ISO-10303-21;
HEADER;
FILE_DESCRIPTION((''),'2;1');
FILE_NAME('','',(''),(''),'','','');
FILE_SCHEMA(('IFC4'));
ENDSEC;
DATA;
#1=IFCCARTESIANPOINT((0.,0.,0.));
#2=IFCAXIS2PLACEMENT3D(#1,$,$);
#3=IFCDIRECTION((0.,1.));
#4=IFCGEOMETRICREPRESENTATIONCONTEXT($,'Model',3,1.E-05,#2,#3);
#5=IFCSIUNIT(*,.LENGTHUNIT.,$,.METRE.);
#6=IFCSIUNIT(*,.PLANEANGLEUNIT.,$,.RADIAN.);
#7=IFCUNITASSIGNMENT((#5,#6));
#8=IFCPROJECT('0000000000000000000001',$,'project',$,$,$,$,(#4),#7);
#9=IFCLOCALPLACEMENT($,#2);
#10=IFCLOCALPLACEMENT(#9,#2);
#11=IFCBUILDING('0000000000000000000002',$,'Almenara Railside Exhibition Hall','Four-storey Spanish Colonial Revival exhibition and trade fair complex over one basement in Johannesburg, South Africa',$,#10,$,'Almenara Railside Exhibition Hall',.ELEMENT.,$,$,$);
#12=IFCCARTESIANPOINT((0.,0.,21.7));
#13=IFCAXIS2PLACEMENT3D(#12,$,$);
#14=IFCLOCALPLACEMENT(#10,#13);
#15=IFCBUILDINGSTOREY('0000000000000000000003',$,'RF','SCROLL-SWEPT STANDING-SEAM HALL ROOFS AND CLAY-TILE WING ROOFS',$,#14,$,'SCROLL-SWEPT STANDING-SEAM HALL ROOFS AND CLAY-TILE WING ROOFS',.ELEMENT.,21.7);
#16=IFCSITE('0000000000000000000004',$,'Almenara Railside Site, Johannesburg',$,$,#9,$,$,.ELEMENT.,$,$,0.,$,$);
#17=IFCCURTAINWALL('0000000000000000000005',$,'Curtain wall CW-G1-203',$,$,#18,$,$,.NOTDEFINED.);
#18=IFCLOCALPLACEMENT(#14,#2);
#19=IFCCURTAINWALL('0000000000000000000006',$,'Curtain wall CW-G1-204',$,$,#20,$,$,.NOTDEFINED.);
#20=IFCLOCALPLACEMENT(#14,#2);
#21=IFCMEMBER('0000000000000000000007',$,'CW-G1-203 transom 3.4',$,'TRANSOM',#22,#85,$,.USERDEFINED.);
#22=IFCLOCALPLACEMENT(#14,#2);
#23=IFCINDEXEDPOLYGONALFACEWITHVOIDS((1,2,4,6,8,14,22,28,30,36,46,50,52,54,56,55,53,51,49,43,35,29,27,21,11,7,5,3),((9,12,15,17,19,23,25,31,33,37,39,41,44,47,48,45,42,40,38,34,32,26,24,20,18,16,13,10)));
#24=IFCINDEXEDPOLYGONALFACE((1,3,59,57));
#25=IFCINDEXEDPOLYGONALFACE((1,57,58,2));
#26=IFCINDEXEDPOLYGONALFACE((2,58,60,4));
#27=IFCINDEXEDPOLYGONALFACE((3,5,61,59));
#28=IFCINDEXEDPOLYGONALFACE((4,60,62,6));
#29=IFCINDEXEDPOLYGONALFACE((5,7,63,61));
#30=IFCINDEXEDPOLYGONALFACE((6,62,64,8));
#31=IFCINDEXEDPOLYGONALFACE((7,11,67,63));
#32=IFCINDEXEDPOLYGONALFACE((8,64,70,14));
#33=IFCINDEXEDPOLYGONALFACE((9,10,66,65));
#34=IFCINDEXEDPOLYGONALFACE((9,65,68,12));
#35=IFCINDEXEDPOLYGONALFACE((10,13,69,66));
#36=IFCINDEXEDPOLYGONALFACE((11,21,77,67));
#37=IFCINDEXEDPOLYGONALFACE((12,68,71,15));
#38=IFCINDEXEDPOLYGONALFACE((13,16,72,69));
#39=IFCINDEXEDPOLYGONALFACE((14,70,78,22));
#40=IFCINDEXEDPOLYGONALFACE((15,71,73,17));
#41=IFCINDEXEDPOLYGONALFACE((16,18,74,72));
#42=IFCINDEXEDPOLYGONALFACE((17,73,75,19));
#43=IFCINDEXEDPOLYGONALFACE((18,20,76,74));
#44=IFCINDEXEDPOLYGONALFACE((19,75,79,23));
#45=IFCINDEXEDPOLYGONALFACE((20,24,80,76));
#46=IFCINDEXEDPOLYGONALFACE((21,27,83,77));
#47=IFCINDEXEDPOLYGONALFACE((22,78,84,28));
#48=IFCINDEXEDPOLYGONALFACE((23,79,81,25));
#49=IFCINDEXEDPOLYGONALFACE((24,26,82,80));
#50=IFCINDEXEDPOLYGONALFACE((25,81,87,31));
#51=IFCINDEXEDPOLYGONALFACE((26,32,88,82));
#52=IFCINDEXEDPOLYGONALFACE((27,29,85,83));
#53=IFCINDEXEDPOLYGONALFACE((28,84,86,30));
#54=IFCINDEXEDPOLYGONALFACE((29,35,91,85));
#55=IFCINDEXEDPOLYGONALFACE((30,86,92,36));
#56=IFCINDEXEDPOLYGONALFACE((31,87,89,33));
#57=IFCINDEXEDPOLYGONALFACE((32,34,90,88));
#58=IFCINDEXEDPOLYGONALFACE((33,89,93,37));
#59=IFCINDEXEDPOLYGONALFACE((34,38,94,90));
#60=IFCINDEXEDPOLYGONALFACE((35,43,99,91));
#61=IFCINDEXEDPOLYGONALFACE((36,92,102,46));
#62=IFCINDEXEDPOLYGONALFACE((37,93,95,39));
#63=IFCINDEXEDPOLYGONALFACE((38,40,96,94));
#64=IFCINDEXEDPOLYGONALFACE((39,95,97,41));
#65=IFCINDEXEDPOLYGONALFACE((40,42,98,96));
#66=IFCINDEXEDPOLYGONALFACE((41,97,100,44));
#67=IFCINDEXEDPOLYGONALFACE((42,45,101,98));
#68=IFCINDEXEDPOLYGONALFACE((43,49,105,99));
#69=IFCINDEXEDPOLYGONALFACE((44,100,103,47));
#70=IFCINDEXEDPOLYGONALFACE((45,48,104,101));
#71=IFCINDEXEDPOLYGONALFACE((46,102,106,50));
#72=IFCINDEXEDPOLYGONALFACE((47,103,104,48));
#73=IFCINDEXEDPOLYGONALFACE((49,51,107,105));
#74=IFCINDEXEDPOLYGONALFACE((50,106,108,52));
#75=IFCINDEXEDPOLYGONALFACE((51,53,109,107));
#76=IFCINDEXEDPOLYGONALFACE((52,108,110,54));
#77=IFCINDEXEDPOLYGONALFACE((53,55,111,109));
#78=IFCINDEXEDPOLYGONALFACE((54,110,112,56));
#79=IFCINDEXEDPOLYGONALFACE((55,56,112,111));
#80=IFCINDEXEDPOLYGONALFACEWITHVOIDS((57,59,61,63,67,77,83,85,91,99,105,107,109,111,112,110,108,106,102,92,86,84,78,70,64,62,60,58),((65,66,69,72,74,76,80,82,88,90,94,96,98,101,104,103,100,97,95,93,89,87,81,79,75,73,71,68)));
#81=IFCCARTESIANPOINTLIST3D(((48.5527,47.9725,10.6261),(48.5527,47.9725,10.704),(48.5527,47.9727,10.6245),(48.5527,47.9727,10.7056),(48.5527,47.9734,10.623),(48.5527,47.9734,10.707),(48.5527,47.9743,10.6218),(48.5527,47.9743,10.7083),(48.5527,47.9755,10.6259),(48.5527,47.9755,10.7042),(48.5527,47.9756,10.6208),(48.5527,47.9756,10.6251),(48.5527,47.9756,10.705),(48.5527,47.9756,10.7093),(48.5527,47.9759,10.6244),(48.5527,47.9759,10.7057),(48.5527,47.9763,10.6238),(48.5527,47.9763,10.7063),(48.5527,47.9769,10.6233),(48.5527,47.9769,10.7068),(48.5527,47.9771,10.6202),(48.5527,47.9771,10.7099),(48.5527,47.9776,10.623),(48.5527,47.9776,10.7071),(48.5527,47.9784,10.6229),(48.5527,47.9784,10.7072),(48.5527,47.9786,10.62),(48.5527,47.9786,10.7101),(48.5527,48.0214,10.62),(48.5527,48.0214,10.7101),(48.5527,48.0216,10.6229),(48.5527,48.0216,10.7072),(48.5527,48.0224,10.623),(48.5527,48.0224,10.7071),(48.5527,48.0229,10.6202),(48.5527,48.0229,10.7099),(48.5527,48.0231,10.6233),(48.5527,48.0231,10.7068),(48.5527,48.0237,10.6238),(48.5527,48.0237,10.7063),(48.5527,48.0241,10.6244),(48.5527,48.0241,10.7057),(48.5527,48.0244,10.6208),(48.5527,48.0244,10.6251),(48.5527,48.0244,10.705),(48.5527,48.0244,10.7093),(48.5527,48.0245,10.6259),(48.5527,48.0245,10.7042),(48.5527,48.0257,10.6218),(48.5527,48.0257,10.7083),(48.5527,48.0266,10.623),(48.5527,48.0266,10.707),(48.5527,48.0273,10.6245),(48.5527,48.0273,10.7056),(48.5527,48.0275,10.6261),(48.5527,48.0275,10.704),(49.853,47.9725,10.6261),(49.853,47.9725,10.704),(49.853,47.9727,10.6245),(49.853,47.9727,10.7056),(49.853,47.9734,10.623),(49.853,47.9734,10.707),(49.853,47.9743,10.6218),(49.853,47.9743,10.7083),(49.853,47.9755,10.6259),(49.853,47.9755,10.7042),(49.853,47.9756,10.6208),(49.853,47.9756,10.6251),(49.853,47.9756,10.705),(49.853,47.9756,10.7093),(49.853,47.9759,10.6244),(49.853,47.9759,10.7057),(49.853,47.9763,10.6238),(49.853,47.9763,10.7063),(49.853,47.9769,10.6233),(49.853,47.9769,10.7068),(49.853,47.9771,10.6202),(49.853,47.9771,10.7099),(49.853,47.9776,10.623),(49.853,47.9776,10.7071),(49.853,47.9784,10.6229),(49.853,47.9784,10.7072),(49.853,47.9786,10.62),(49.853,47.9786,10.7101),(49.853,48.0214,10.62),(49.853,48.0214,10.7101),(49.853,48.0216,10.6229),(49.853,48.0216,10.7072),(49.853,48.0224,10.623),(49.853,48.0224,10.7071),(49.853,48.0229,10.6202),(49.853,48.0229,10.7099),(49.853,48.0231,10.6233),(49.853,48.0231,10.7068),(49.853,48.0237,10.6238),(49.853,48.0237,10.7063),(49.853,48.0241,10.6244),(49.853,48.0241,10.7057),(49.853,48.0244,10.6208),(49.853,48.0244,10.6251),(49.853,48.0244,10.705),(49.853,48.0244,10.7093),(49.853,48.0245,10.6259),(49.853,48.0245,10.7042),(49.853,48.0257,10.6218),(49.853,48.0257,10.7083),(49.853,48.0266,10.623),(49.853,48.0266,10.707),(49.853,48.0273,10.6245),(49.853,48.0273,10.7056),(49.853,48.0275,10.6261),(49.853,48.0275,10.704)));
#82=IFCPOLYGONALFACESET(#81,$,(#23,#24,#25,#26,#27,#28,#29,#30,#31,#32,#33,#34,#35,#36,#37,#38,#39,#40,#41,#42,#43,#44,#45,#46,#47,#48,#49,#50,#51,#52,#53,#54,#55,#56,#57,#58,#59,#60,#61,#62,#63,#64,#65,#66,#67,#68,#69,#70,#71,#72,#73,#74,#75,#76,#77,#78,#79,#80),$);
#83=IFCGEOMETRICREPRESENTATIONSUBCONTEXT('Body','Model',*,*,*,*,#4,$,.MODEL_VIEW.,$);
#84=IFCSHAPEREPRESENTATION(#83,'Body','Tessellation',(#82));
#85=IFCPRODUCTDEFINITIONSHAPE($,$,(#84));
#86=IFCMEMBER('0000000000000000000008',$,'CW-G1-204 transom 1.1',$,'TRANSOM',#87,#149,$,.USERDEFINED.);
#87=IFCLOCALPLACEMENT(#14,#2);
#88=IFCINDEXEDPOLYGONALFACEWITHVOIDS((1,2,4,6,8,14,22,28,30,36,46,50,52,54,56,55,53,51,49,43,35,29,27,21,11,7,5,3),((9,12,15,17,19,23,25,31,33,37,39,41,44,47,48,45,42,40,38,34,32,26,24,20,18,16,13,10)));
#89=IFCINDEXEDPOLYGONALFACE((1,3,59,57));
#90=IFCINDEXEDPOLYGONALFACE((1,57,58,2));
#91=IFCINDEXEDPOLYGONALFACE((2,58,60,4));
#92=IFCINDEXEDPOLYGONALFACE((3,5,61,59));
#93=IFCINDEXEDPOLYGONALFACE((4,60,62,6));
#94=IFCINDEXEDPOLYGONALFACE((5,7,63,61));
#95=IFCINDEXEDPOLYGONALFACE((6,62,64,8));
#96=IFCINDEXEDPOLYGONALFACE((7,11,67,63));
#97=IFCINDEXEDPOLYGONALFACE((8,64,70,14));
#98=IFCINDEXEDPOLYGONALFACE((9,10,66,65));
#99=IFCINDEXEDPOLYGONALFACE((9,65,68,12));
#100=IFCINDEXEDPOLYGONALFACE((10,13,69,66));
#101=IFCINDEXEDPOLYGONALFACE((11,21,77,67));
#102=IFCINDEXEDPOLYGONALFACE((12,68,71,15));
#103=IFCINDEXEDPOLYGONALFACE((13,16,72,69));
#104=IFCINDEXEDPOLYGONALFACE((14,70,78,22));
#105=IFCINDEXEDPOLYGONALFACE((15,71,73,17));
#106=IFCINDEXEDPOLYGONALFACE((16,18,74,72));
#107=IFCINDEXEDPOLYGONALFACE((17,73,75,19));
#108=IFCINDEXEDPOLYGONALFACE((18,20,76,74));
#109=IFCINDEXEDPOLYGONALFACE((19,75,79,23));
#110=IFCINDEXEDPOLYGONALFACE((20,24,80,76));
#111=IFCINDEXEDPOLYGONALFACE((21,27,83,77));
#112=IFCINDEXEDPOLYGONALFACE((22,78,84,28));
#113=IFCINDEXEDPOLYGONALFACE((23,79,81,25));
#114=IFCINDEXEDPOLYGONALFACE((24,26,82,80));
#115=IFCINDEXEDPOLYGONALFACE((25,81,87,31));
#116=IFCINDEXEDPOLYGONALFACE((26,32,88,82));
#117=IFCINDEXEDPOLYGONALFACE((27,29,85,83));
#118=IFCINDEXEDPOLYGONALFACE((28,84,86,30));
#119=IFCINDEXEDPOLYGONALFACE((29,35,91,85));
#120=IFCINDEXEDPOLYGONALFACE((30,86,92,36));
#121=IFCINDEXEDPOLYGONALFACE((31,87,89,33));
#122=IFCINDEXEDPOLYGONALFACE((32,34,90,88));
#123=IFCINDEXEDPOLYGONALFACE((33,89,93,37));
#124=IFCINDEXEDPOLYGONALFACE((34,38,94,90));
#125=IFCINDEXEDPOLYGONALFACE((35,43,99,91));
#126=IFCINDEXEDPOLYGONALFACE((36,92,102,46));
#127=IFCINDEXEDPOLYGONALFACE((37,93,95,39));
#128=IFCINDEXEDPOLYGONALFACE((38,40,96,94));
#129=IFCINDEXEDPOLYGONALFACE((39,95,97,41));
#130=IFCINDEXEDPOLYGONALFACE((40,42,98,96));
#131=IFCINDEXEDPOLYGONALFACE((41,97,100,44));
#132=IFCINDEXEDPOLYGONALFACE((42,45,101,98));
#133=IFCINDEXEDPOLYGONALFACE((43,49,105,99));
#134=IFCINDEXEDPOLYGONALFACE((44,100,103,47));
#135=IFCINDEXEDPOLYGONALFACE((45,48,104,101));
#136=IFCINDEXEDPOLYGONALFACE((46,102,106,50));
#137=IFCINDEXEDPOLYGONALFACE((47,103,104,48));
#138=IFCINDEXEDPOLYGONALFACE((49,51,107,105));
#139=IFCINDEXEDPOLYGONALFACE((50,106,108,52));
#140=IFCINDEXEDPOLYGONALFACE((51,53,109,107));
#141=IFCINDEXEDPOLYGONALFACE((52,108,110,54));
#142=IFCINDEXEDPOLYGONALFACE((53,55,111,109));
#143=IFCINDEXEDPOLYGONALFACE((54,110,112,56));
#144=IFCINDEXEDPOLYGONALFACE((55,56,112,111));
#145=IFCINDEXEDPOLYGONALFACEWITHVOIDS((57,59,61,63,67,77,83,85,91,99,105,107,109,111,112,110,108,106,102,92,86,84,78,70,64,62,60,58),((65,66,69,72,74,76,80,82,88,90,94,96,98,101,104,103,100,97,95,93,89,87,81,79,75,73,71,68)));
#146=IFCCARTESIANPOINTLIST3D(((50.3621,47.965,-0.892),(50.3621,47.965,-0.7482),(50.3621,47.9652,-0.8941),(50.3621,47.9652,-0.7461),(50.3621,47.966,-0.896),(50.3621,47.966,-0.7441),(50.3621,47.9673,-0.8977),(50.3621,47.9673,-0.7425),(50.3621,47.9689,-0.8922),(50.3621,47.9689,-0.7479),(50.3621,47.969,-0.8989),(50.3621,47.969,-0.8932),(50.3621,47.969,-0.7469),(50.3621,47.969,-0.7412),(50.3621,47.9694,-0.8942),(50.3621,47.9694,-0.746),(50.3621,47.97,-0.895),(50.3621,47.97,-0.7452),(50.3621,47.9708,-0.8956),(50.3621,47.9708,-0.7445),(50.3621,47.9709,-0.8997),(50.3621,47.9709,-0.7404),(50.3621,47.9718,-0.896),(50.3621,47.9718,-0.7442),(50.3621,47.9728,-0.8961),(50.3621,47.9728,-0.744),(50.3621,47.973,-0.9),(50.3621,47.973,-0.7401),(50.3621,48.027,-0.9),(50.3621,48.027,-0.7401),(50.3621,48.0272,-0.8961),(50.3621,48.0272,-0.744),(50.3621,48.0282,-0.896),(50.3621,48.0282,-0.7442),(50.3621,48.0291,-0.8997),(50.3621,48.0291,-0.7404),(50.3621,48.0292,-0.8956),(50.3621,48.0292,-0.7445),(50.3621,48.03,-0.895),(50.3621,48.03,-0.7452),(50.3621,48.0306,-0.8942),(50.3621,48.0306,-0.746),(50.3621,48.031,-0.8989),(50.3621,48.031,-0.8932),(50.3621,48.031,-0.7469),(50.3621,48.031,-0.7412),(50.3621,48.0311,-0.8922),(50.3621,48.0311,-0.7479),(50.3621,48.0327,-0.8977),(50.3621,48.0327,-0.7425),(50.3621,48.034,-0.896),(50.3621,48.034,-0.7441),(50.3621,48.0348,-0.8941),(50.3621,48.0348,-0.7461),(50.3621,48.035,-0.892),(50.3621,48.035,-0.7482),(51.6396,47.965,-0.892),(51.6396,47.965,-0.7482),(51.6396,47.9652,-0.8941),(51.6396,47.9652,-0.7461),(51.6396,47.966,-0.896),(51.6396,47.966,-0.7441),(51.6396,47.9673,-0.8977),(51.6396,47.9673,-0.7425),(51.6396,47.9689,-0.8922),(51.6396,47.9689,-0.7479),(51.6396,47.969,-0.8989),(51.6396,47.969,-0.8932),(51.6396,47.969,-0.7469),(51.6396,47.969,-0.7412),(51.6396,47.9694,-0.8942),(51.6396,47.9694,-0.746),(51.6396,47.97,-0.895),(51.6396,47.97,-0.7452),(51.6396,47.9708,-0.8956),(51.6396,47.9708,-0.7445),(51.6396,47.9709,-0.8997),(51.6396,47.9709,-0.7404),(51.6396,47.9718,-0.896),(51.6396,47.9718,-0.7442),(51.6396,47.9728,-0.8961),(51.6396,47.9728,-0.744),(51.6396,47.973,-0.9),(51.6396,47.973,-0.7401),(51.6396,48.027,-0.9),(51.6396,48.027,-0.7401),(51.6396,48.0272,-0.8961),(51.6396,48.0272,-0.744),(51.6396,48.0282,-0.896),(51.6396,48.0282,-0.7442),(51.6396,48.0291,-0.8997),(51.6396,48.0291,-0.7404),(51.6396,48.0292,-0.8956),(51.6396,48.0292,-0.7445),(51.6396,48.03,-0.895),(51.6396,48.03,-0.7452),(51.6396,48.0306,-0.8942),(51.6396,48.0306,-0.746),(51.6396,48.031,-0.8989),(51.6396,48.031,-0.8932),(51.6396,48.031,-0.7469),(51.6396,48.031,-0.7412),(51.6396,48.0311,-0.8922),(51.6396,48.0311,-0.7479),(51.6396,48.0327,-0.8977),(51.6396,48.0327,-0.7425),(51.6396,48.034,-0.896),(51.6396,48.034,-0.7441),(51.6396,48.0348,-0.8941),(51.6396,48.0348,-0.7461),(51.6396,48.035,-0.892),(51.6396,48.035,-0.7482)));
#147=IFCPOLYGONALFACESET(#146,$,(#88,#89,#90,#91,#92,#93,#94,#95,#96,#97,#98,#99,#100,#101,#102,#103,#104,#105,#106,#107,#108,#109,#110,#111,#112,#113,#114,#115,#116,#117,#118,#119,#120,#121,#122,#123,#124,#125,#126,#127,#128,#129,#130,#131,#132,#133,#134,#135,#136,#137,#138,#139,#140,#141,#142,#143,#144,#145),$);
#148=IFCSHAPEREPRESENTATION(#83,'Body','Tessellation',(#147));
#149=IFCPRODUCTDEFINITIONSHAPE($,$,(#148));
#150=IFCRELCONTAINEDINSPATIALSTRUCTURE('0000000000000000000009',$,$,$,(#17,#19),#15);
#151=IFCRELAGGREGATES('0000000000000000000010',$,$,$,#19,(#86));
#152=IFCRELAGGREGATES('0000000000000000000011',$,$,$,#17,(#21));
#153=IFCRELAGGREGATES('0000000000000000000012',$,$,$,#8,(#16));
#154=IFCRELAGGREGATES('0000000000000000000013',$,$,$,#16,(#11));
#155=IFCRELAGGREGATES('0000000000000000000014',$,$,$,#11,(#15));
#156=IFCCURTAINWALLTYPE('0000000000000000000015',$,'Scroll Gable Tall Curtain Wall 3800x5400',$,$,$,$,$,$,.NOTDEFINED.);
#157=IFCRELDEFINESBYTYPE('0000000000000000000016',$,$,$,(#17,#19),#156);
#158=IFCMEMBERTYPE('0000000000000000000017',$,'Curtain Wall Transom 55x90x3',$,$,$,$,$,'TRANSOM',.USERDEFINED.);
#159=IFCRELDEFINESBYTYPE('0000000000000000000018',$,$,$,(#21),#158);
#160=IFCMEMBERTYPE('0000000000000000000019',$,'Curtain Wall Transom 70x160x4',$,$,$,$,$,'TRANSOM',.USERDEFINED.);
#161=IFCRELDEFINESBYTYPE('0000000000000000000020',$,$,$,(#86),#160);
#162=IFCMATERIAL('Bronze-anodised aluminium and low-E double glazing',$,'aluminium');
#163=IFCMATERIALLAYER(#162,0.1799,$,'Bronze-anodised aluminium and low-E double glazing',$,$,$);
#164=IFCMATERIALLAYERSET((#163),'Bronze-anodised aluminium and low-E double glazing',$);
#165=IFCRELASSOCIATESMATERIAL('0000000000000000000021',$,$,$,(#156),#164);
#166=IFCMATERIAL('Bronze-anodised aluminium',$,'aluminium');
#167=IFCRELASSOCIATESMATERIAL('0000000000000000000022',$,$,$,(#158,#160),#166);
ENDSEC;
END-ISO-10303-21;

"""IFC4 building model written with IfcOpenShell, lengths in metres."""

from ifc_helpers import new_model, si_unit, direction, frame, origin, origin_2d, place, context, subcontext, project, spatial, hollow_rectangle, extrude, material, layer, layer_set, material_profile, profile_set, type_object, element, aggregate, save


model = new_model("IFC4")

# Units and contexts
model_context = context("Model", 3, precision=1e-05, world=origin(), true_north=direction((0.0, 1.0)))
body_context = subcontext(model_context, "Body", "Model", "MODEL_VIEW")
ifc_project = project(units=[si_unit("LENGTHUNIT", "METRE"), si_unit("PLANEANGLEUNIT", "RADIAN")], contexts=[model_context])

# Site, building, storey
site_placement = place(None, origin())
site = spatial("IfcSite", under=ifc_project, at=site_placement, Name="Almenara Railside Site, Johannesburg", CompositionType="ELEMENT", RefElevation=0.0)
building_placement = place(site_placement, origin())
building = spatial("IfcBuilding", under=site, at=building_placement, Name="Almenara Railside Exhibition Hall", Description="Four-storey Spanish Colonial Revival exhibition and trade fair complex over one basement in Johannesburg, South Africa", LongName="Almenara Railside Exhibition Hall", CompositionType="ELEMENT")
storey_placement = place(building_placement, frame((0.0, 0.0, 21.7)))
storey = spatial("IfcBuildingStorey", under=building, at=storey_placement, Name="RF", Description="SCROLL-SWEPT STANDING-SEAM HALL ROOFS AND CLAY-TILE WING ROOFS", LongName="SCROLL-SWEPT STANDING-SEAM HALL ROOFS AND CLAY-TILE WING ROOFS", CompositionType="ELEMENT", Elevation=21.7)

# Curtain wall
ifc_material_1 = material(Name="Bronze-anodised aluminium and low-E double glazing", Category="aluminium")
ifc_layer_1 = layer(ifc_material_1, 0.1799, Name="Bronze-anodised aluminium and low-E double glazing")
ifc_layer_set_1 = layer_set([ifc_layer_1], Name="Bronze-anodised aluminium and low-E double glazing")
curtain_wall_type = type_object("IfcCurtainWallType", Name="Scroll Gable Tall Curtain Wall 3800x5400", PredefinedType="NOTDEFINED", material=ifc_layer_set_1)
curtain_wall_1_placement = place(storey_placement, origin())
curtain_wall_1 = element("IfcCurtainWall", 1, at=curtain_wall_1_placement, inside=storey, type_object=curtain_wall_type, Name="Curtain wall CW-G1-203", PredefinedType="NOTDEFINED")
ifc_material_2 = material(Name="Bronze-anodised aluminium", Category="aluminium")

# Curtain wall
curtain_wall_2_placement = place(storey_placement, origin())
curtain_wall_2 = element("IfcCurtainWall", 2, at=curtain_wall_2_placement, inside=storey, type_object=curtain_wall_type, Name="Curtain wall CW-G1-204", PredefinedType="NOTDEFINED")

# Members
ifc_material_profile_1 = material_profile(ifc_material_2, hollow_rectangle(XDim=0.0549, YDim=0.0901, WallThickness=0.0029, InnerFilletRadius=0.0029, OuterFilletRadius=0.0061, at=origin_2d()), Name="ALU-TRN 55x90x3")
ifc_profile_set_1 = profile_set([ifc_material_profile_1], Name="Bronze-anodised aluminium")
member_type_1 = type_object("IfcMemberType", Name="Curtain Wall Transom 55x90x3", ElementType="TRANSOM", PredefinedType="USERDEFINED", material=ifc_profile_set_1)
member_1_placement = place(storey_placement, frame((48.5527, 48.0, 10.665), z_axis=(1.0, 0.0, 0.0), x_axis=(0.0, 1.0, 0.0)))
member_1 = element("IfcMember", 3, at=member_1_placement, type_object=member_type_1, Name="CW-G1-203 transom 3.4", ObjectType="TRANSOM", PredefinedType="USERDEFINED", context=body_context, shape_type="SweptSolid", body=[
    extrude(hollow_rectangle(XDim=0.0549, YDim=0.0901, WallThickness=0.0029, InnerFilletRadius=0.0029, OuterFilletRadius=0.0061, at=origin_2d()), origin(), (0.0, 0.0, 1.0), 1.3003),
])
ifc_material_profile_2 = material_profile(ifc_material_2, hollow_rectangle(XDim=0.0701, YDim=0.1599, WallThickness=0.0039, InnerFilletRadius=0.0039, OuterFilletRadius=0.0081, at=origin_2d()), Name="ALU-TRN 70x160x4")
ifc_profile_set_2 = profile_set([ifc_material_profile_2], Name="Bronze-anodised aluminium")
member_type_2 = type_object("IfcMemberType", Name="Curtain Wall Transom 70x160x4", ElementType="TRANSOM", PredefinedType="USERDEFINED", material=ifc_profile_set_2)
member_2_placement = place(storey_placement, frame((50.3621, 48.0, -0.8201), z_axis=(1.0, 0.0, 0.0), x_axis=(0.0, 1.0, 0.0)))
member_2 = element("IfcMember", 4, at=member_2_placement, type_object=member_type_2, Name="CW-G1-204 transom 1.1", ObjectType="TRANSOM", PredefinedType="USERDEFINED", context=body_context, shape_type="SweptSolid", body=[
    extrude(hollow_rectangle(XDim=0.0701, YDim=0.1599, WallThickness=0.0039, InnerFilletRadius=0.0039, OuterFilletRadius=0.0081, at=origin_2d()), origin(), (0.0, 0.0, 1.0), 1.2776),
])
aggregate(curtain_wall_2, [member_2])

aggregate(curtain_wall_1, [member_1])

save(model, "model.ifc")
